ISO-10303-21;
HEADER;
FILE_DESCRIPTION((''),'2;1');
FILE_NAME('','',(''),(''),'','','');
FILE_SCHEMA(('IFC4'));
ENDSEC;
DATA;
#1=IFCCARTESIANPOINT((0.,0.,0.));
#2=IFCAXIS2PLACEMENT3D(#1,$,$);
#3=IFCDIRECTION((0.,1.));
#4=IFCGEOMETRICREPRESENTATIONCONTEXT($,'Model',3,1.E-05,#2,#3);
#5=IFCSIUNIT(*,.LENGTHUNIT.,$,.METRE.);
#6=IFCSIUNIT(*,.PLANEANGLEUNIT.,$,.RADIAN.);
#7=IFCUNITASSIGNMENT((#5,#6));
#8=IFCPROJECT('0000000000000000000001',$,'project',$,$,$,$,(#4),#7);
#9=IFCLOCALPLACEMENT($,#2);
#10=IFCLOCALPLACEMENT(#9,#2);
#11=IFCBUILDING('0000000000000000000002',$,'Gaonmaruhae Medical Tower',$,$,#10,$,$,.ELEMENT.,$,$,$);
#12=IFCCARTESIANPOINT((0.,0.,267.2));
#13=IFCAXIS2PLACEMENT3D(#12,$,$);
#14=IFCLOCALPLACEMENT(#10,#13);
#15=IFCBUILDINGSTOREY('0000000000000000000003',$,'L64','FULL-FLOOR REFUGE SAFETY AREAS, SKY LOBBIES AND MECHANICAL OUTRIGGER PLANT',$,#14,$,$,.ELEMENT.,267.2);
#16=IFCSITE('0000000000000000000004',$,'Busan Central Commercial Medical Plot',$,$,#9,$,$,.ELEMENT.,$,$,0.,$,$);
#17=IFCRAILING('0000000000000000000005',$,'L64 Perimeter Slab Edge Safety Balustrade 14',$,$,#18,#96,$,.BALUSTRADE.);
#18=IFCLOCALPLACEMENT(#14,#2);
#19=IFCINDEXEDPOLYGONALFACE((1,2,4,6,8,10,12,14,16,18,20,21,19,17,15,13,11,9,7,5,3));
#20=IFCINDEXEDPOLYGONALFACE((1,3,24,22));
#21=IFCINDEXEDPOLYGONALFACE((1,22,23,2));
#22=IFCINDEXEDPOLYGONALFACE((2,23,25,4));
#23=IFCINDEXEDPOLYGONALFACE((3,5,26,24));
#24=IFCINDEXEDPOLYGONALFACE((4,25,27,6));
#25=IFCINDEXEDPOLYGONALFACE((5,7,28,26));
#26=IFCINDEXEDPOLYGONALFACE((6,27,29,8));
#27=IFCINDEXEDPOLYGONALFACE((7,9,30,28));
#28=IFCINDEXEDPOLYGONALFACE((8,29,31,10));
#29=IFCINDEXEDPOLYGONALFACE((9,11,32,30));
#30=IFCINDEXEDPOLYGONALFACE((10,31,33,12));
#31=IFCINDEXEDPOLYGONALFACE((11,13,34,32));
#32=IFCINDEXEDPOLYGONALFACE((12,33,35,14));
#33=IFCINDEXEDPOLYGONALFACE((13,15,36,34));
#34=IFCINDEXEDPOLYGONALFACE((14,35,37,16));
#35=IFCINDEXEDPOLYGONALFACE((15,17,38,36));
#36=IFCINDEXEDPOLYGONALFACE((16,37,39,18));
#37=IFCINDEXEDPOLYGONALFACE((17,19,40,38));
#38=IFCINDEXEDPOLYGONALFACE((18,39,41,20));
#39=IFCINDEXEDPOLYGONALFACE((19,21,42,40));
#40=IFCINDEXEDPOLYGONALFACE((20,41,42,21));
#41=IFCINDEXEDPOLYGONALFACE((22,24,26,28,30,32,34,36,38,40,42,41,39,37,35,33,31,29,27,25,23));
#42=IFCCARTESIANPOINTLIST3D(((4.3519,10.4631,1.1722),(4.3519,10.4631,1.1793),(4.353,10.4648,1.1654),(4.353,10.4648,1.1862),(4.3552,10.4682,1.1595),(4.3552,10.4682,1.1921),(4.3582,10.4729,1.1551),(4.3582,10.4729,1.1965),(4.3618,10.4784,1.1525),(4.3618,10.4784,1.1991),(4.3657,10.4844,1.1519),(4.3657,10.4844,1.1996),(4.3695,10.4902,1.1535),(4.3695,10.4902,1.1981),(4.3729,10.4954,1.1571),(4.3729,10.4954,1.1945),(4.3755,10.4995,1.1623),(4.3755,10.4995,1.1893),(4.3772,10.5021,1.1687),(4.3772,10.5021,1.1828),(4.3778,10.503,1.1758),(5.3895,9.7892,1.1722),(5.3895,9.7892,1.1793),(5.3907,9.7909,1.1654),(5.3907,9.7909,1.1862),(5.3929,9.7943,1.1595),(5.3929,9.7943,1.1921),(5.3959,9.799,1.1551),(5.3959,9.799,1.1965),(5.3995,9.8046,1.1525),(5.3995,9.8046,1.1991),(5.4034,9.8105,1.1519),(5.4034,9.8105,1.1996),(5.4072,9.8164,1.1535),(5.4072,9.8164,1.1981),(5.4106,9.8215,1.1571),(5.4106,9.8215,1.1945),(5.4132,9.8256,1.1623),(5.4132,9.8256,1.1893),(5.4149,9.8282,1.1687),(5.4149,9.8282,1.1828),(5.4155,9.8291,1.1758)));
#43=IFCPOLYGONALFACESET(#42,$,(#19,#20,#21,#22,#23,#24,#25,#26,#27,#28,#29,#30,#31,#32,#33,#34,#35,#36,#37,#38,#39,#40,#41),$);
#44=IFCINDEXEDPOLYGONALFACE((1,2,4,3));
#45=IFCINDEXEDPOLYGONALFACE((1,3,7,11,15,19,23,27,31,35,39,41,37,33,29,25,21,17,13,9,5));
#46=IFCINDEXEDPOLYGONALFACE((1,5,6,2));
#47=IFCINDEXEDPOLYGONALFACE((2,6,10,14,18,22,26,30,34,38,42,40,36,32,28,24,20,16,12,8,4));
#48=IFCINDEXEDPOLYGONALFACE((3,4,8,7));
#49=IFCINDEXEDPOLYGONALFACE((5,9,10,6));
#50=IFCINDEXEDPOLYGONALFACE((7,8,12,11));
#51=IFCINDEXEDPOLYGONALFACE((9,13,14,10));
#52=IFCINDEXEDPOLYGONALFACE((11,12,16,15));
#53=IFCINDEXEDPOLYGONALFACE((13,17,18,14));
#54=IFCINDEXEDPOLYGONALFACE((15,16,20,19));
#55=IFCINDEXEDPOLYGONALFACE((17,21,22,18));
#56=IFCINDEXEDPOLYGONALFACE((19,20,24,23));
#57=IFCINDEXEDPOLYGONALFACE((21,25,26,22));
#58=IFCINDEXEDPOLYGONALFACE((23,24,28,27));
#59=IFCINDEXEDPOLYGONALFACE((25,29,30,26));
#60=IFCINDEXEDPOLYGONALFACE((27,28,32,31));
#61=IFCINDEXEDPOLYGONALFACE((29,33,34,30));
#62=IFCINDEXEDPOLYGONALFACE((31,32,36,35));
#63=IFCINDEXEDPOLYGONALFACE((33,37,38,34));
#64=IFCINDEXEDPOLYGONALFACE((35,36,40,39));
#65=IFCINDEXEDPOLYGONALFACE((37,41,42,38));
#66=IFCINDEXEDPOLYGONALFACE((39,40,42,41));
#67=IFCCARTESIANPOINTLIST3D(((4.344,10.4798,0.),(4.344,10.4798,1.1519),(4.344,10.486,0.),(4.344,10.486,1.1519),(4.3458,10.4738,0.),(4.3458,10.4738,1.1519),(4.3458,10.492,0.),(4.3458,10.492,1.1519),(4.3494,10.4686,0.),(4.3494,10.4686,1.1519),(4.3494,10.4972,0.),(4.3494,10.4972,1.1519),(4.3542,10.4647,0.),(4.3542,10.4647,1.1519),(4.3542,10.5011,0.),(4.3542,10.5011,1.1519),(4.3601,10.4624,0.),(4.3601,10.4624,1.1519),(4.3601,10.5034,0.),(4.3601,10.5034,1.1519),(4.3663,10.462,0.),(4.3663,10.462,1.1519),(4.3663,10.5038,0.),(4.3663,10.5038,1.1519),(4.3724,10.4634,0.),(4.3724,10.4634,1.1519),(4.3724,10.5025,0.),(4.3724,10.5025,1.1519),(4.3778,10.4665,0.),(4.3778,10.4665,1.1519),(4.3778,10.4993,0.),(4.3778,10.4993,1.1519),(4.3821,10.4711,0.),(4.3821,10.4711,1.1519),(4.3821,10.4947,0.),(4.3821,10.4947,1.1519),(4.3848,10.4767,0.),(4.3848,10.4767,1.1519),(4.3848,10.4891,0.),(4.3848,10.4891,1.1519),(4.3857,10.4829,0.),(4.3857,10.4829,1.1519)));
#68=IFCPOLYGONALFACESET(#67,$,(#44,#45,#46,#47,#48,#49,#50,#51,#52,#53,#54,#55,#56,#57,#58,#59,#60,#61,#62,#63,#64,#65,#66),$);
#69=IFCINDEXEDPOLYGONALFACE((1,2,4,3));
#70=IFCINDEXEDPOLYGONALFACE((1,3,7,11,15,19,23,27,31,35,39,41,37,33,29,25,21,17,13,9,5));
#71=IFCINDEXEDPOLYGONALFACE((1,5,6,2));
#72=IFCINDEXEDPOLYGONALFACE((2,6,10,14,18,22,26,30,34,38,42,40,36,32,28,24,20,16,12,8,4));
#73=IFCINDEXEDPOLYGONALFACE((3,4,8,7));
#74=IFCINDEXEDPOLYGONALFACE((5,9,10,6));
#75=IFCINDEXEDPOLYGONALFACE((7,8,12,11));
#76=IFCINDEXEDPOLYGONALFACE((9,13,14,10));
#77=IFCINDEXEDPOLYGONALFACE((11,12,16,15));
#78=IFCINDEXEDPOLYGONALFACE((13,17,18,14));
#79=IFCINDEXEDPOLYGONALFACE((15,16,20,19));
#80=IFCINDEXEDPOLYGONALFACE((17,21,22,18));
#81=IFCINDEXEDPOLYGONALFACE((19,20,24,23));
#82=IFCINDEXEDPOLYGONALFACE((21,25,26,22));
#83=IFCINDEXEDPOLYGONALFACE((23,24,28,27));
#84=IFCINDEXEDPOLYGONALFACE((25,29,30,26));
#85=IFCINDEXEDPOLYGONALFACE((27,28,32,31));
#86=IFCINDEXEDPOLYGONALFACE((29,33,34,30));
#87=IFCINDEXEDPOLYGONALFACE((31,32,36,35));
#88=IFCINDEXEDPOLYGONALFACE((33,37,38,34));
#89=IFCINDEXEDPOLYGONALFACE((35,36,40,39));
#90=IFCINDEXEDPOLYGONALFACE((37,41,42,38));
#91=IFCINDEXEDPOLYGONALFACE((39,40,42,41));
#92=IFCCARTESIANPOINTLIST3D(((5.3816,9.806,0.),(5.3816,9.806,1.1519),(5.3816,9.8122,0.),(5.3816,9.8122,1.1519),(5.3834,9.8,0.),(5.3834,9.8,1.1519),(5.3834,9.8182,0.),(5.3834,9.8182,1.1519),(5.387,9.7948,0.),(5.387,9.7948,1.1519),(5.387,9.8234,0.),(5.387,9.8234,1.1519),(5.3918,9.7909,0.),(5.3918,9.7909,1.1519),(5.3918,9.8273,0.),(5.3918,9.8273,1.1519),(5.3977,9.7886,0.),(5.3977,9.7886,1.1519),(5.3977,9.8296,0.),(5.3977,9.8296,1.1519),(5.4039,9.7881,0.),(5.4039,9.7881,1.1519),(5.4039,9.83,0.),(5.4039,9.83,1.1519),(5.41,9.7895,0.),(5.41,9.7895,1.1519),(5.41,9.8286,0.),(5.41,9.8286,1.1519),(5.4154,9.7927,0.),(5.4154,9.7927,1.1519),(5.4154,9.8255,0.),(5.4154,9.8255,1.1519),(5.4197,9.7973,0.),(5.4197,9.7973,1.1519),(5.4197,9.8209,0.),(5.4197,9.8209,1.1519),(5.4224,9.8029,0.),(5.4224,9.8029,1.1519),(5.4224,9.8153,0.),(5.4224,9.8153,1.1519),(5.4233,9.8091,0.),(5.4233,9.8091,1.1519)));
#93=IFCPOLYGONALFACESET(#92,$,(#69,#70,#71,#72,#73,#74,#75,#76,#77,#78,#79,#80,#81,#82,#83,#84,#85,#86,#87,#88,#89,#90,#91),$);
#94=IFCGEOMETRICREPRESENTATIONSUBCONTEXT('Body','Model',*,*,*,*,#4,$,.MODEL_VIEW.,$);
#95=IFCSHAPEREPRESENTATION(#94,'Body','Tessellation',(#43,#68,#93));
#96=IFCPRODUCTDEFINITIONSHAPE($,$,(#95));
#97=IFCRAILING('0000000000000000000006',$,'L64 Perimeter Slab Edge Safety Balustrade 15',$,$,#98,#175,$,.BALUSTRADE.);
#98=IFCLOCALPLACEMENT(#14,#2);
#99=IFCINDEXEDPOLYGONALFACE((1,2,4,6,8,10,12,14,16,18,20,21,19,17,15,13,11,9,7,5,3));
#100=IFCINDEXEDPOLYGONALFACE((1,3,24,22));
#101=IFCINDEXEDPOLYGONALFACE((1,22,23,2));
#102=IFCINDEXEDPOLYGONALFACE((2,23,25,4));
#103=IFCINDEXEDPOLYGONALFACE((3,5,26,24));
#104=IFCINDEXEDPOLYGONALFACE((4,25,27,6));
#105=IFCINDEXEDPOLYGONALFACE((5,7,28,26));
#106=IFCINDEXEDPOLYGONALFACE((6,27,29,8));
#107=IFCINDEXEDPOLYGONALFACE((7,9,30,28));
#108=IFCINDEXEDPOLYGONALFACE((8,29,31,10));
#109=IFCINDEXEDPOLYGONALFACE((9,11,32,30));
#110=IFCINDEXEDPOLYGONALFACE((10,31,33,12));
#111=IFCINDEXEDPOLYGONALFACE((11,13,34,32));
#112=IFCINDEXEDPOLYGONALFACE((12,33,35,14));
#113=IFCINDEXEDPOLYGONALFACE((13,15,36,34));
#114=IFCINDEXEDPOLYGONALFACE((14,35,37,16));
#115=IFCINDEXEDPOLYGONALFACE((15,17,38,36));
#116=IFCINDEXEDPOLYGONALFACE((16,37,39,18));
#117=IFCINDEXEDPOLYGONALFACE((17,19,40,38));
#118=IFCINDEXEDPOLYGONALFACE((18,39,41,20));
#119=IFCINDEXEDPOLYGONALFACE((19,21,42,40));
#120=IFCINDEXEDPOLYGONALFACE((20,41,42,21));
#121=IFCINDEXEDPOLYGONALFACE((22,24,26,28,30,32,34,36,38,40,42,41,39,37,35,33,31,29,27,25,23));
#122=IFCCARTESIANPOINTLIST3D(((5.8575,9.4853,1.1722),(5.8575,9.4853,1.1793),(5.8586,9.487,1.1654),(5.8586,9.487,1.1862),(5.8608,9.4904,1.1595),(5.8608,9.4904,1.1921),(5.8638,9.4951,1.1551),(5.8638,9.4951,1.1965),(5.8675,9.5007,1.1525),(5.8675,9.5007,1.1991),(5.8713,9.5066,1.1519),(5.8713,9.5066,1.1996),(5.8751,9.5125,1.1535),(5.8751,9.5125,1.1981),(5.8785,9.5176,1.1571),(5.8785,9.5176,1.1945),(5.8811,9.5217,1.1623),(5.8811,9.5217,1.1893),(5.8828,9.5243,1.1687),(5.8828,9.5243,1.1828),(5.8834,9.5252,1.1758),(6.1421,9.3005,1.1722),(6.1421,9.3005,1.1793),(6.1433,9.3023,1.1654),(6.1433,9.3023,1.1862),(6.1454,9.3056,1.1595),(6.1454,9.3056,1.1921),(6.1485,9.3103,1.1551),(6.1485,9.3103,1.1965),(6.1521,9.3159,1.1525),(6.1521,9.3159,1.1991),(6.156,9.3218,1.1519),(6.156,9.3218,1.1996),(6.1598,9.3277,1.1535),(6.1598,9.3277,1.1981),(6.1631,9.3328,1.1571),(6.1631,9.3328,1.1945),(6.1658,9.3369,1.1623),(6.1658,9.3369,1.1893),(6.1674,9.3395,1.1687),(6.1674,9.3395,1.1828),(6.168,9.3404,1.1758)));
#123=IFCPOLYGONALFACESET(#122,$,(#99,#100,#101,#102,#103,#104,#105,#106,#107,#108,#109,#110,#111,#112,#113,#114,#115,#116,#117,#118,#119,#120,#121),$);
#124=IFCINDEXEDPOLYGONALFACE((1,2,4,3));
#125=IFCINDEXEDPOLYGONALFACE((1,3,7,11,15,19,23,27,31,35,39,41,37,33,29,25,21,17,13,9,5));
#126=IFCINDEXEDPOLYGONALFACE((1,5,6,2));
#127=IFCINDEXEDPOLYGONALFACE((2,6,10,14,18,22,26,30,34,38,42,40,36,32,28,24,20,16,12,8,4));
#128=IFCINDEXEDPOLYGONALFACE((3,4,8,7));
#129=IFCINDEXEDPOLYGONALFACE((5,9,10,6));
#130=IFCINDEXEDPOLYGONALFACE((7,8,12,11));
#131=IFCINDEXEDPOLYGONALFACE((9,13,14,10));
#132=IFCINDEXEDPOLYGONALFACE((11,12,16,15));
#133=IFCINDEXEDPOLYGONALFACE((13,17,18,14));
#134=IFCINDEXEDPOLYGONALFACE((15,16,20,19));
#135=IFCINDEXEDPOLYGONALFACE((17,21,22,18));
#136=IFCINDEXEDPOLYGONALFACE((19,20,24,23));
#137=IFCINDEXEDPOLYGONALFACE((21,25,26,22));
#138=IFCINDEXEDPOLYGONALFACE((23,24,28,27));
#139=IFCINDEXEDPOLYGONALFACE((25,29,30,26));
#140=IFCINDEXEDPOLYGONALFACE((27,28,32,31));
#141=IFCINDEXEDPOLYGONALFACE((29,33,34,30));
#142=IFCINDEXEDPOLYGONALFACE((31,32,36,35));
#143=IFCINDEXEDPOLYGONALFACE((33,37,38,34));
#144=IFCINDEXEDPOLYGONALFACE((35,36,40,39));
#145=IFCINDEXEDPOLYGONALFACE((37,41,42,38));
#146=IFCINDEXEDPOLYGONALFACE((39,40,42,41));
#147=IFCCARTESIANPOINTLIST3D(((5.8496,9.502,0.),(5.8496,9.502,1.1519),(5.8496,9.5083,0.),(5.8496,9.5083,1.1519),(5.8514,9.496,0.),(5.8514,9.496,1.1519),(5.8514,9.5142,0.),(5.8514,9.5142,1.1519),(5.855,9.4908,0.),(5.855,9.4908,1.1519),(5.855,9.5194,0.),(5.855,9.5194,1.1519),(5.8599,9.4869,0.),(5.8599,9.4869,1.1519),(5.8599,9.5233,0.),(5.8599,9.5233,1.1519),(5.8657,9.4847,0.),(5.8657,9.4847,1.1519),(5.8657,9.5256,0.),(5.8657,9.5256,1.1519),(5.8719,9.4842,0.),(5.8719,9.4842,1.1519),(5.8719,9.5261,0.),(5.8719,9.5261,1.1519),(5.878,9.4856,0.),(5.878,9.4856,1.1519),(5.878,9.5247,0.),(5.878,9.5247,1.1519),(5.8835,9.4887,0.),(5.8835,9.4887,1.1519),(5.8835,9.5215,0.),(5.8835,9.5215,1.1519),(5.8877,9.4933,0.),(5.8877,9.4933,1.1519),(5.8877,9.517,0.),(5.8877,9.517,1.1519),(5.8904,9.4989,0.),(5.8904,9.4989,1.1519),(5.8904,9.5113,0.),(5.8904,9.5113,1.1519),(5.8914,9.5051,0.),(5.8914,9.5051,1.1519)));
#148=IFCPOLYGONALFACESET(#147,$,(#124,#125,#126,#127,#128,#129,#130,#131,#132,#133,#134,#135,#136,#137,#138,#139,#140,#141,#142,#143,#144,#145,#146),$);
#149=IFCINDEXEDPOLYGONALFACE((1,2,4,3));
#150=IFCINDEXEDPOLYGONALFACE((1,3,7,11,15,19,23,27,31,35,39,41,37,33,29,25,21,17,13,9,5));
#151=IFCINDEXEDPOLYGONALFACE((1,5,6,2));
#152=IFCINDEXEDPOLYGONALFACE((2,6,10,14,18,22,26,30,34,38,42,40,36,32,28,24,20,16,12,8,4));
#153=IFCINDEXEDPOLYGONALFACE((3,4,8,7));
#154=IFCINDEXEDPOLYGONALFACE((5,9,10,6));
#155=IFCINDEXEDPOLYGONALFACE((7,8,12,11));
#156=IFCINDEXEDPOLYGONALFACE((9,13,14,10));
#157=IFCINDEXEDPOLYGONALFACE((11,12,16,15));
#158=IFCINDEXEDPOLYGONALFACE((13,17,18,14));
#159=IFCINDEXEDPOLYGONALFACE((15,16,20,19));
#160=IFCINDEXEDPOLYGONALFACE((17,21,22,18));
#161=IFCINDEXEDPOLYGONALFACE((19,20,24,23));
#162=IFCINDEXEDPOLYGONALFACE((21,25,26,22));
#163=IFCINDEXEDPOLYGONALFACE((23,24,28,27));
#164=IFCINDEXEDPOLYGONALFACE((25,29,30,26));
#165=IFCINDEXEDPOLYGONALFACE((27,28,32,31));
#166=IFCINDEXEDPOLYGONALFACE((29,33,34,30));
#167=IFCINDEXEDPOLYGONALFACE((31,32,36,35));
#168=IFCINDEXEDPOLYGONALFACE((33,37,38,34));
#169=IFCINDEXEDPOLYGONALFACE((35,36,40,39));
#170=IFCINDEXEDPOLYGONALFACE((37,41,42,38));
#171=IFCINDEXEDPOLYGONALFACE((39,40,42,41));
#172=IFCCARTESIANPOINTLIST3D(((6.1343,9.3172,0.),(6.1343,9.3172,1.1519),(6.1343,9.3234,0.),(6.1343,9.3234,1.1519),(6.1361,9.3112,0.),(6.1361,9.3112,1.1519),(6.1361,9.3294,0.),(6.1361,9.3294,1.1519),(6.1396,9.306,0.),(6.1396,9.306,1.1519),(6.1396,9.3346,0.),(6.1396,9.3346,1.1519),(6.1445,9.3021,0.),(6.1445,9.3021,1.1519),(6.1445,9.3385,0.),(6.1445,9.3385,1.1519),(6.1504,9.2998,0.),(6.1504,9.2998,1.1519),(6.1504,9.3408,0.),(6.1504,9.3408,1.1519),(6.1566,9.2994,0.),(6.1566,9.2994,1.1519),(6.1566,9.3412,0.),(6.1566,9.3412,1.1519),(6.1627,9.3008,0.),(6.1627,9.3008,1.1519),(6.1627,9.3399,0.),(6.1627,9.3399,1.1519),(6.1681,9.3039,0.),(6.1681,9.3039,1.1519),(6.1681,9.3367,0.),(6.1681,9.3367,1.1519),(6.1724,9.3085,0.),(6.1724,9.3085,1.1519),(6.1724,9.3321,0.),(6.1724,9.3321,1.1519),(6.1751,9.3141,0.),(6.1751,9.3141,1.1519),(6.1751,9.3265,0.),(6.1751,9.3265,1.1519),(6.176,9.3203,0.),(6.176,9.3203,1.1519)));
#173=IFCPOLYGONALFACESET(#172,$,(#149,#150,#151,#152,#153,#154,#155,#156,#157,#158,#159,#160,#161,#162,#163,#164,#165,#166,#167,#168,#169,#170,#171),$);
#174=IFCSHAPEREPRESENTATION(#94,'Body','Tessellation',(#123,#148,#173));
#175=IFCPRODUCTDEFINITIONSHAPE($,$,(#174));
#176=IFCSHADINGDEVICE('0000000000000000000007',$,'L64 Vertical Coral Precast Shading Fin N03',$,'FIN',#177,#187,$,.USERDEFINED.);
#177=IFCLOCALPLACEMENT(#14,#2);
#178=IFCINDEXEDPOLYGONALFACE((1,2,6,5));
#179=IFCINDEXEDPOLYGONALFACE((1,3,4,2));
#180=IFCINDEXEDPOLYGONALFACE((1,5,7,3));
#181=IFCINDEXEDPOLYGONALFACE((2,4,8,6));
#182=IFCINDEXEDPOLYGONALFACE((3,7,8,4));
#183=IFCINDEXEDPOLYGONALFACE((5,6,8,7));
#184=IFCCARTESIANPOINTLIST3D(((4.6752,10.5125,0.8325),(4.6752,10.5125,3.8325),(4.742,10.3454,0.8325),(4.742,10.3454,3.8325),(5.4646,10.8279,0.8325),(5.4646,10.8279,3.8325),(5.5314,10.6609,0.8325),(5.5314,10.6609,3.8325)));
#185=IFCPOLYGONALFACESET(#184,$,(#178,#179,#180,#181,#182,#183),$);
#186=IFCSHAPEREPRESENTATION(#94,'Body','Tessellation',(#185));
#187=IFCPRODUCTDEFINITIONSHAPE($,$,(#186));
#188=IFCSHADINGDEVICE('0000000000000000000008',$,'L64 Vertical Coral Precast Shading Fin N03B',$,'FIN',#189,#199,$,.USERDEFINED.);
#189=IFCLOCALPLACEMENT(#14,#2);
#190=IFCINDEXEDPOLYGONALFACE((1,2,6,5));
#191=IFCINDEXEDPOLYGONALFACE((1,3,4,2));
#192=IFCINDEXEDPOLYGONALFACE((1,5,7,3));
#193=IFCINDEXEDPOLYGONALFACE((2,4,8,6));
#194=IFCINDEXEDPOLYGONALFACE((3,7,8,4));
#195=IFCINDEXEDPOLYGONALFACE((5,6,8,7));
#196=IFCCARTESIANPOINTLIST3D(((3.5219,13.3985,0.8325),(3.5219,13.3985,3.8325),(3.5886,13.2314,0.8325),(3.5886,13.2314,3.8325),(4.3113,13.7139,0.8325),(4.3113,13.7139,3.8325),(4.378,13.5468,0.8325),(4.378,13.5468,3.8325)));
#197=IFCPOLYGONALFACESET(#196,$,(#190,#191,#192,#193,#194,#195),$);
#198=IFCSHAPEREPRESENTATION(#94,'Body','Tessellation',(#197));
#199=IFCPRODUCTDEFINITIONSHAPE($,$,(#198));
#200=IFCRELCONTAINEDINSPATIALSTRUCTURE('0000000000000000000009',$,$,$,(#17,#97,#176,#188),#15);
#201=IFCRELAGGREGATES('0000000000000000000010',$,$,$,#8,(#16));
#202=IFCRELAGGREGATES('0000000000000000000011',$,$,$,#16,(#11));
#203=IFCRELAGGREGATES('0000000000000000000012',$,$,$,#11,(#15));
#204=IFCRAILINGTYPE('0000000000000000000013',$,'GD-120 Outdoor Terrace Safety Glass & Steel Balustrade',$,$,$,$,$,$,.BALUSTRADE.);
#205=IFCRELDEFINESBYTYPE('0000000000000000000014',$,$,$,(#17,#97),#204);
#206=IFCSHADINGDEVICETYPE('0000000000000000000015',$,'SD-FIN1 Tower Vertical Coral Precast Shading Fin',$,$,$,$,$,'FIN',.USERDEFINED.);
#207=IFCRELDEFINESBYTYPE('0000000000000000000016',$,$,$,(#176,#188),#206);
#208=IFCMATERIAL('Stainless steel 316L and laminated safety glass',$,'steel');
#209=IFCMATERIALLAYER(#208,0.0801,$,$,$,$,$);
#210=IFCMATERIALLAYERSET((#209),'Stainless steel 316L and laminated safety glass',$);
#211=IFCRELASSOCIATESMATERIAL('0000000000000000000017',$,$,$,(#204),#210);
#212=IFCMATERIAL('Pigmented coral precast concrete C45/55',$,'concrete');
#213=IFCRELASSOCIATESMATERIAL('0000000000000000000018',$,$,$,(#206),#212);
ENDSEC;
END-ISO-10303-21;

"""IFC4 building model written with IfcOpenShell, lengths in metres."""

from ifc_helpers import new_model, si_unit, direction, frame, origin, origin_2d, place, context, subcontext, project, spatial, rectangle, circle, extrude, material, layer, layer_set, type_object, element, save


model = new_model("IFC4")

# Units and contexts
model_context = context("Model", 3, precision=1e-05, world=origin(), true_north=direction((0.0, 1.0)))
body_context = subcontext(model_context, "Body", "Model", "MODEL_VIEW")
ifc_project = project(units=[si_unit("LENGTHUNIT", "METRE"), si_unit("PLANEANGLEUNIT", "RADIAN")], contexts=[model_context])

# Site, building, storey
site_placement = place(None, origin())
site = spatial("IfcSite", under=ifc_project, at=site_placement, Name="Busan Central Commercial Medical Plot", CompositionType="ELEMENT", RefElevation=0.0)
building_placement = place(site_placement, origin())
building = spatial("IfcBuilding", under=site, at=building_placement, Name="Gaonmaruhae Medical Tower", CompositionType="ELEMENT")
storey_placement = place(building_placement, frame((0.0, 0.0, 267.2)))
storey = spatial("IfcBuildingStorey", under=building, at=storey_placement, Name="L64", Description="FULL-FLOOR REFUGE SAFETY AREAS, SKY LOBBIES AND MECHANICAL OUTRIGGER PLANT", CompositionType="ELEMENT", Elevation=267.2)

# Railings
ifc_material_1 = material(Name="Stainless steel 316L and laminated safety glass", Category="steel")
ifc_layer_1 = layer(ifc_material_1, 0.0801)
ifc_layer_set_1 = layer_set([ifc_layer_1], Name="Stainless steel 316L and laminated safety glass")
railing_type = type_object("IfcRailingType", Name="GD-120 Outdoor Terrace Safety Glass & Steel Balustrade", PredefinedType="BALUSTRADE", material=ifc_layer_set_1)
railing_1_placement = place(storey_placement, frame((4.3647, 10.4829, 0.0)))
element("IfcRailing", 1, at=railing_1_placement, inside=storey, type_object=railing_type, Name="L64 Perimeter Slab Edge Safety Balustrade 14", PredefinedType="BALUSTRADE", context=body_context, shape_type="SweptSolid", body=[
    extrude(circle(Radius=0.0239, at=origin_2d()), frame((0.0, 0.0, 1.1758), z_axis=(0.838669, -0.544641, 0.0), x_axis=(0.544641, 0.838669, 0.0)), (0.0, 0.0, 1.0), 1.2373),
    extrude(circle(Radius=0.021, at=origin_2d()), origin(), (0.0, 0.0, 1.0), 1.1519),
    extrude(circle(Radius=0.021, at=origin_2d()), frame((1.0376, -0.6738, 0.0)), (0.0, 0.0, 1.0), 1.1519),
])
railing_2_placement = place(storey_placement, frame((5.8704, 9.5051, 0.0)))
element("IfcRailing", 2, at=railing_2_placement, inside=storey, type_object=railing_type, Name="L64 Perimeter Slab Edge Safety Balustrade 15", PredefinedType="BALUSTRADE", context=body_context, shape_type="SweptSolid", body=[
    extrude(circle(Radius=0.0239, at=origin_2d()), frame((0.0, 0.0, 1.1758), z_axis=(0.838739, -0.544533, 0.0), x_axis=(0.544533, 0.838739, 0.0)), (0.0, 0.0, 1.0), 0.3394),
    extrude(circle(Radius=0.021, at=origin_2d()), origin(), (0.0, 0.0, 1.0), 1.1519),
    extrude(circle(Radius=0.021, at=origin_2d()), frame((0.2847, -0.1848, 0.0)), (0.0, 0.0, 1.0), 1.1519),
])

# Shading devices
ifc_material_2 = material(Name="Pigmented coral precast concrete C45/55", Category="concrete")
shading_device_type = type_object("IfcShadingDeviceType", Name="SD-FIN1 Tower Vertical Coral Precast Shading Fin", ElementType="FIN", PredefinedType="USERDEFINED", material=ifc_material_2)
for number, where, z_axis, x_axis, name in (
    (3, (5.1033, 10.5867, 0.8325), (0.0, 0.0, 1.0), (-0.371076, 0.928602, 0.0), "L64 Vertical Coral Precast Shading Fin N03"),
    (4, (3.95, 13.4727, 0.8325), (0.0, 0.0, 1.0), (-0.371076, 0.928602, 0.0), "L64 Vertical Coral Precast Shading Fin N03B"),
):
    element("IfcShadingDevice", number, at=place(storey_placement, frame(where, z_axis=z_axis, x_axis=x_axis)), inside=storey, type_object=shading_device_type, Name=name, ObjectType="FIN", PredefinedType="USERDEFINED", context=body_context, shape_type="SweptSolid", body=[
        extrude(rectangle(XDim=0.1799, YDim=0.8501, at=origin_2d()), origin(), (0.0, 0.0, 1.0), 3.0),
    ])

save(model, "model.ifc")
